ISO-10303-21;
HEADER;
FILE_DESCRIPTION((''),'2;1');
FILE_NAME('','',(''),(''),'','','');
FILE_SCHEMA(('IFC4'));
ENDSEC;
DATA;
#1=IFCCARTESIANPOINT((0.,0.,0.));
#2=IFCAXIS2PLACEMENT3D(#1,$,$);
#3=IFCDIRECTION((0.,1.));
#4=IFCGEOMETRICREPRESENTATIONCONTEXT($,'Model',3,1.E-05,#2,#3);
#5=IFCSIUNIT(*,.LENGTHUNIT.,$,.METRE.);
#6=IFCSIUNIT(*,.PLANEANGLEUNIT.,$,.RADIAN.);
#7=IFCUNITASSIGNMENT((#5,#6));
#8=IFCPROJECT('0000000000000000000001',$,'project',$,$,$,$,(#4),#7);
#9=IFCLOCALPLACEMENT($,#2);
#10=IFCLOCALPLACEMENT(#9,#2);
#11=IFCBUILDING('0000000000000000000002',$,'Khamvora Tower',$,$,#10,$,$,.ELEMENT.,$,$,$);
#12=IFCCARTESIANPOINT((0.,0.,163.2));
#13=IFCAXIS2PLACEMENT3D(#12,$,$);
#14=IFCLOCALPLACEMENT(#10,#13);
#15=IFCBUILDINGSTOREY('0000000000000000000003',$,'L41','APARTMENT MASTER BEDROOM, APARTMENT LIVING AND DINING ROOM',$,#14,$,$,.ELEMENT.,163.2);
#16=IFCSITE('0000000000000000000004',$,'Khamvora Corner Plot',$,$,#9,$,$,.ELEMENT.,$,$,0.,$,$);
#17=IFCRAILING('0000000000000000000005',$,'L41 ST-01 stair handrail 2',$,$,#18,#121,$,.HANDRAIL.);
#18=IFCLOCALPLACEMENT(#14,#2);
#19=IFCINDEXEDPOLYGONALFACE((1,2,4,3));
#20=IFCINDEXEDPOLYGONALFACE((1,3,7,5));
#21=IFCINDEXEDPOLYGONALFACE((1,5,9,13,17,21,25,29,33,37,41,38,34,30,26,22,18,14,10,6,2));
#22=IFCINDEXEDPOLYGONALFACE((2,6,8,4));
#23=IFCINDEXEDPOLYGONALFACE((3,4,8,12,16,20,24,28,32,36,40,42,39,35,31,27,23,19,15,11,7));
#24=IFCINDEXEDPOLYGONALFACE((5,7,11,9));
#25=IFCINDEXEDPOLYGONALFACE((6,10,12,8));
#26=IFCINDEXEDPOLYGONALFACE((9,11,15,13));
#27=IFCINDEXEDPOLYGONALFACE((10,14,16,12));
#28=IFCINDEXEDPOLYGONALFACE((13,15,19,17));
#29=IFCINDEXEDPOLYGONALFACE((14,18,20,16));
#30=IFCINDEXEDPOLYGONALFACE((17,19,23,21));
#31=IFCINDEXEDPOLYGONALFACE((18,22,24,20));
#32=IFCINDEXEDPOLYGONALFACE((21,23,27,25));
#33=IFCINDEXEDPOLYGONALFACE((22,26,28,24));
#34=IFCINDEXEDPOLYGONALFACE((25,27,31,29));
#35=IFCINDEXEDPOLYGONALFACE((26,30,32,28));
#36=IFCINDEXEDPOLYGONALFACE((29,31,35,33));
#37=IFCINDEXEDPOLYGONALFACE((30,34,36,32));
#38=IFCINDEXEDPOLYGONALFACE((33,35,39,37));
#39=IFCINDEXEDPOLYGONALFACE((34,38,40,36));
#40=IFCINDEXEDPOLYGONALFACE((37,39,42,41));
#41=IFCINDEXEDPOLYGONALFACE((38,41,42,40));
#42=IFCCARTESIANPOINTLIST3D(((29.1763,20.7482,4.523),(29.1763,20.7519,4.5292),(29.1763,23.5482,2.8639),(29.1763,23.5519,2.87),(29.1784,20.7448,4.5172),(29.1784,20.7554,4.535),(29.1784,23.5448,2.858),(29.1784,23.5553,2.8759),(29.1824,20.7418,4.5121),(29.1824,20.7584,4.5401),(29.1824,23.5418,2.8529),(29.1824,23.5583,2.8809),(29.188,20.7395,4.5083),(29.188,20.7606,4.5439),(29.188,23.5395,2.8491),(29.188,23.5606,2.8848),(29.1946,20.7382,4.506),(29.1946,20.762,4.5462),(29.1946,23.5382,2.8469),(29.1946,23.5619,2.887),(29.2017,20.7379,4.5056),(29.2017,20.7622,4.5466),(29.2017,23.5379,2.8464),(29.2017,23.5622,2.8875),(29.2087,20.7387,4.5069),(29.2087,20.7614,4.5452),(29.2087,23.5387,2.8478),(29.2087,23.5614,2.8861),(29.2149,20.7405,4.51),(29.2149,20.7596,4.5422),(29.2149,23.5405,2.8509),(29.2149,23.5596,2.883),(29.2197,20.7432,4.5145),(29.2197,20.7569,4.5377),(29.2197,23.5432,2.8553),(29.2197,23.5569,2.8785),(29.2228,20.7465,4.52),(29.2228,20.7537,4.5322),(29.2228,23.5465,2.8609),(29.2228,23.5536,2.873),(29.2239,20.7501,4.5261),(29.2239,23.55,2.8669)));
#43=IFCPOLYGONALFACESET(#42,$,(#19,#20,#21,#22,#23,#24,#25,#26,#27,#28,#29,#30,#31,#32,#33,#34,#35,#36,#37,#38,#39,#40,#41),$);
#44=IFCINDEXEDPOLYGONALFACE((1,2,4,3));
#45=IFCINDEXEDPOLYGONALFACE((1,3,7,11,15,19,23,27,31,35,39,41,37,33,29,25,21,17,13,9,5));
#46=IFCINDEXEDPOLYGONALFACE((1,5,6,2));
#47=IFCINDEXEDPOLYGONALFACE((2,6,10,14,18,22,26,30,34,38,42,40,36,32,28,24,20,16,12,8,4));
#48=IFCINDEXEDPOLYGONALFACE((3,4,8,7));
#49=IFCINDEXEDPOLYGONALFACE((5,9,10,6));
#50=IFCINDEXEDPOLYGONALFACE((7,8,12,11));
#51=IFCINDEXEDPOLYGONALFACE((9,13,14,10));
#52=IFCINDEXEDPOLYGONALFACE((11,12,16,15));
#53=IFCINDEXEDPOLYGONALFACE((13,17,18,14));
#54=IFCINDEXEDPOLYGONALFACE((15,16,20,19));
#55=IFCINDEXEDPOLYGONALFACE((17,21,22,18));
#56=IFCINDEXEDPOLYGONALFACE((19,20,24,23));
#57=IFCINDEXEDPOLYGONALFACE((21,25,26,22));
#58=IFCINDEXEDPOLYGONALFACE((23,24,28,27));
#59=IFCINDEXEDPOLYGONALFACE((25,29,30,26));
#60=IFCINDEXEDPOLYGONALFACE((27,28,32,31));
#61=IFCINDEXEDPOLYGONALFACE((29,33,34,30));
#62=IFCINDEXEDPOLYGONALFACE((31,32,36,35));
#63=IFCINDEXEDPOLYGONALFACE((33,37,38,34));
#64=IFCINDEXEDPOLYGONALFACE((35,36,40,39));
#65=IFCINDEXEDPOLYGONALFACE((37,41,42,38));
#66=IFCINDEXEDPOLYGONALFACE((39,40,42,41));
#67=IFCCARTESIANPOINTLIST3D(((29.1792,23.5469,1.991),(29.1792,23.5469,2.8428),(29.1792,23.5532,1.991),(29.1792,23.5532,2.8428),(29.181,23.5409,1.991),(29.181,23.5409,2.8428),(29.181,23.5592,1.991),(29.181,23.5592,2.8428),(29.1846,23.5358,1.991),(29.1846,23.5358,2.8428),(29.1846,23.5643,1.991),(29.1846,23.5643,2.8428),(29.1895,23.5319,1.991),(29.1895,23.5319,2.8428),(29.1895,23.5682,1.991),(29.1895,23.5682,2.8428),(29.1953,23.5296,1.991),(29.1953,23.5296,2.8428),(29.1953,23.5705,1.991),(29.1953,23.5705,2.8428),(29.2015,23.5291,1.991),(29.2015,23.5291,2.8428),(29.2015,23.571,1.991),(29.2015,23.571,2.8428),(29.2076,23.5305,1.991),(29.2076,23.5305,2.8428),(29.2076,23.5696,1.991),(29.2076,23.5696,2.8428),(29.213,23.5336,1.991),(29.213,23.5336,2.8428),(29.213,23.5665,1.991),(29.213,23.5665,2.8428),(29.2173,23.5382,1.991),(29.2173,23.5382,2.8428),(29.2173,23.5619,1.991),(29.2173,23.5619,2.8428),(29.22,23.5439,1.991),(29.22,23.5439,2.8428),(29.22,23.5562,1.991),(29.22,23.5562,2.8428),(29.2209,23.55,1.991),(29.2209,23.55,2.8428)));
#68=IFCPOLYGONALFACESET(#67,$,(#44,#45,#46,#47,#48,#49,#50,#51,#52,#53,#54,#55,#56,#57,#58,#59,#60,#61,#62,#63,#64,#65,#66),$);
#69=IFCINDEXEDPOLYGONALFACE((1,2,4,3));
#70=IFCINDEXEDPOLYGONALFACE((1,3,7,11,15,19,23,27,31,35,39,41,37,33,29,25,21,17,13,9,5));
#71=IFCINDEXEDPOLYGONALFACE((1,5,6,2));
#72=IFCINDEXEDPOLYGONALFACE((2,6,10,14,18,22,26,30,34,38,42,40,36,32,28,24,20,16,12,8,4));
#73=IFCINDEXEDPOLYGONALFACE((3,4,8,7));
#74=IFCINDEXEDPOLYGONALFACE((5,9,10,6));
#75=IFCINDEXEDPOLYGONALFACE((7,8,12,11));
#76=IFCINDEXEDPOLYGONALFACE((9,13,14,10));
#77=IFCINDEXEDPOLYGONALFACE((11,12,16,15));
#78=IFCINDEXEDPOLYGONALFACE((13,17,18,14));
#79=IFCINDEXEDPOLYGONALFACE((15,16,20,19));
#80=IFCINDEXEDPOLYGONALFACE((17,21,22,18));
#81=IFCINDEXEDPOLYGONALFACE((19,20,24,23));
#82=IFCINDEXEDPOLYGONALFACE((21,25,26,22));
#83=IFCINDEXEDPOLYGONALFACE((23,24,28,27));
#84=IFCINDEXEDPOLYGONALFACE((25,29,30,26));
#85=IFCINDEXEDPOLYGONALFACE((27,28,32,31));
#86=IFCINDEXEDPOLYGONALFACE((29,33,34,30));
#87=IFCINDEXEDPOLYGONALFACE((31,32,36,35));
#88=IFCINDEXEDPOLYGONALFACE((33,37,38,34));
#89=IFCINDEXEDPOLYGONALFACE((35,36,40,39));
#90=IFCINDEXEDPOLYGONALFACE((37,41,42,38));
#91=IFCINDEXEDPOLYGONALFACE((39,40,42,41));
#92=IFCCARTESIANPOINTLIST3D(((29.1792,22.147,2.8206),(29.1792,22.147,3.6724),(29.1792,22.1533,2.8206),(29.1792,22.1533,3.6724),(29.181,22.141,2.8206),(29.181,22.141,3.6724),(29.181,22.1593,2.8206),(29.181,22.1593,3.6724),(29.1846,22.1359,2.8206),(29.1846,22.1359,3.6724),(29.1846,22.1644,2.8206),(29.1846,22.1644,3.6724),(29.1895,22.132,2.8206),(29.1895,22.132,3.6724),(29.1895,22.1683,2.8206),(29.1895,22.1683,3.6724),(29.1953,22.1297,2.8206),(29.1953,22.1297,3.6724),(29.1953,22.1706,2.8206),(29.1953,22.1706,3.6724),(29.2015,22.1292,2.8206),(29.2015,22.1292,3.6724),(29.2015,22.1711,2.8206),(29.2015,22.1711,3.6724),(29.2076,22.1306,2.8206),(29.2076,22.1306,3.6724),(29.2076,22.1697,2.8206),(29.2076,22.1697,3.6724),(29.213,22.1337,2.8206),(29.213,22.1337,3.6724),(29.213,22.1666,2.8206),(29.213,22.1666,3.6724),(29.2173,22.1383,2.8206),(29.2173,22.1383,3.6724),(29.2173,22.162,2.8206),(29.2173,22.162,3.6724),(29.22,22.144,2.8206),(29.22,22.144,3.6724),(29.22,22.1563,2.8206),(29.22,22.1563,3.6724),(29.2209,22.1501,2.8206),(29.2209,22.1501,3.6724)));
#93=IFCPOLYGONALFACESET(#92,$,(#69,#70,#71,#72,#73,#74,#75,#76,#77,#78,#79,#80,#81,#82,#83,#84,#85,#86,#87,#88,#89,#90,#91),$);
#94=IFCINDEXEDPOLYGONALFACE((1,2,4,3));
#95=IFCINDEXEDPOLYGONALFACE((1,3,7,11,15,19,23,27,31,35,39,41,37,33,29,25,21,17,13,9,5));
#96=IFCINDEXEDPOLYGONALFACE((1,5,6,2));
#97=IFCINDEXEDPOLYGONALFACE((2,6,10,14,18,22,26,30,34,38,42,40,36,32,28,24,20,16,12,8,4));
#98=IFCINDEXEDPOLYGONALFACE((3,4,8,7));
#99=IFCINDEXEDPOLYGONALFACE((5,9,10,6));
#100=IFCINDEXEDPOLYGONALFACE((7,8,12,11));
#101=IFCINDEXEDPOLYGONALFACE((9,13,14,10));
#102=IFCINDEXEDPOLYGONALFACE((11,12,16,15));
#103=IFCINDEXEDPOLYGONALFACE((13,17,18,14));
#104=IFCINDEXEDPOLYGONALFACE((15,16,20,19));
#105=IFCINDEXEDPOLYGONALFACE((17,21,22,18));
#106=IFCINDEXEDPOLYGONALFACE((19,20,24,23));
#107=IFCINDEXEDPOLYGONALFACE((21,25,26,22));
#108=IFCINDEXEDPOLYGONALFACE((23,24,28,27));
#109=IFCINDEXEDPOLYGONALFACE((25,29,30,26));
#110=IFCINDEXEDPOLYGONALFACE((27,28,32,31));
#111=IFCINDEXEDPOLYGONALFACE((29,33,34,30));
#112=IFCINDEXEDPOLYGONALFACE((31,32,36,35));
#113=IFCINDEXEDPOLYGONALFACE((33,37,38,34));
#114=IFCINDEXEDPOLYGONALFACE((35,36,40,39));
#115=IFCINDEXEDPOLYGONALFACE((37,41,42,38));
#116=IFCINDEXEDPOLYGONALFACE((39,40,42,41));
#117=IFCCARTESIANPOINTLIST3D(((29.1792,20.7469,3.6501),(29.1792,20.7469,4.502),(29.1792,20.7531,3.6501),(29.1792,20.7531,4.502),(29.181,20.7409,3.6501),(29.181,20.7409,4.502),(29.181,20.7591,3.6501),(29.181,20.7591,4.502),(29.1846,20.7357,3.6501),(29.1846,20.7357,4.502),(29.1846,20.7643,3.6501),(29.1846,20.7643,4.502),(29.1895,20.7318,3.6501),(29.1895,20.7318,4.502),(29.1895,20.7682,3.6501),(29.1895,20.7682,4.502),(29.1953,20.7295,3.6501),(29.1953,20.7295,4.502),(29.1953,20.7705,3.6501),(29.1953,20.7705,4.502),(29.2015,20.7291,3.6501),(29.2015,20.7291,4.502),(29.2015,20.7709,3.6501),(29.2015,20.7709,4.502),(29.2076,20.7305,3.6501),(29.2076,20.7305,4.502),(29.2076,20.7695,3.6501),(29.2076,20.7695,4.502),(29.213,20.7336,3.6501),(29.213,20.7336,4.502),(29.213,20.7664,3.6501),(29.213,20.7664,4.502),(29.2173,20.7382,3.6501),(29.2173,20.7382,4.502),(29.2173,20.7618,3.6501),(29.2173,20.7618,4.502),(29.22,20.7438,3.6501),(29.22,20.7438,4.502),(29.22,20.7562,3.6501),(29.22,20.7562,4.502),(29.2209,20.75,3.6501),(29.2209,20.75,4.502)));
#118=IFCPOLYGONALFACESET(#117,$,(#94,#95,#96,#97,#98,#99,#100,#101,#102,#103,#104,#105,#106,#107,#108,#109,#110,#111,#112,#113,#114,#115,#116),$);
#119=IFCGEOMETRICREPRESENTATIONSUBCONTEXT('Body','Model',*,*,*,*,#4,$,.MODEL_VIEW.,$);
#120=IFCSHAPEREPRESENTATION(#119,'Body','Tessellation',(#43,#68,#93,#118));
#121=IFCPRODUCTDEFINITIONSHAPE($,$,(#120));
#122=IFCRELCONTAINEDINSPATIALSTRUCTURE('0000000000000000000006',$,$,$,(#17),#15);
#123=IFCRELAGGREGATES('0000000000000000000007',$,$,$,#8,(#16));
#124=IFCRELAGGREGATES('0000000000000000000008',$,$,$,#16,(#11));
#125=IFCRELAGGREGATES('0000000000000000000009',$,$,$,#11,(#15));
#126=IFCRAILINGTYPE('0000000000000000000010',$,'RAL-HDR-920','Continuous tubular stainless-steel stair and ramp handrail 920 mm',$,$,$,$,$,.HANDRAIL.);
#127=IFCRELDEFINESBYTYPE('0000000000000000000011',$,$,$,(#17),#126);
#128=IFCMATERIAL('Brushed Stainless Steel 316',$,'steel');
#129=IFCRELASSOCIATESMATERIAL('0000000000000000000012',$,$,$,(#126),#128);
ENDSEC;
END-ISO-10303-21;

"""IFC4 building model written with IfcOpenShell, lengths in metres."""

from ifc_helpers import new_model, si_unit, direction, frame, origin, origin_2d, place, context, subcontext, project, spatial, circle, extrude, material, type_object, element, save


model = new_model("IFC4")

# Units and contexts
model_context = context("Model", 3, precision=1e-05, world=origin(), true_north=direction((0.0, 1.0)))
body_context = subcontext(model_context, "Body", "Model", "MODEL_VIEW")
ifc_project = project(units=[si_unit("LENGTHUNIT", "METRE"), si_unit("PLANEANGLEUNIT", "RADIAN")], contexts=[model_context])

# Site, building, storey
site_placement = place(None, origin())
site = spatial("IfcSite", under=ifc_project, at=site_placement, Name="Khamvora Corner Plot", CompositionType="ELEMENT", RefElevation=0.0)
building_placement = place(site_placement, origin())
building = spatial("IfcBuilding", under=site, at=building_placement, Name="Khamvora Tower", CompositionType="ELEMENT")
storey_placement = place(building_placement, frame((0.0, 0.0, 163.2)))
storey = spatial("IfcBuildingStorey", under=building, at=storey_placement, Name="L41", Description="APARTMENT MASTER BEDROOM, APARTMENT LIVING AND DINING ROOM", CompositionType="ELEMENT", Elevation=163.2)

# Railing
ifc_material_1 = material(Name="Brushed Stainless Steel 316", Category="steel")
railing_type_1 = type_object("IfcRailingType", Name="RAL-HDR-920", Description="Continuous tubular stainless-steel stair and ramp handrail 920 mm", PredefinedType="HANDRAIL", material=ifc_material_1)
railing_1_placement = place(storey_placement, frame((29.2, 23.55, 1.991)))
element("IfcRailing", 1, at=railing_1_placement, inside=storey, type_object=railing_type_1, Name="L41 ST-01 stair handrail 2", PredefinedType="HANDRAIL", context=body_context, shape_type="SweptSolid", body=[
    extrude(circle(Radius=0.0239, at=origin_2d()), frame((0.0, 0.0, 0.876), z_axis=(0.0, -0.860306, 0.509778), x_axis=(1.0, 0.0, 0.0)), (0.0, 0.0, 1.0), 3.2546),
    extrude(circle(Radius=0.021, at=origin_2d()), origin(), (0.0, 0.0, 1.0), 0.8518),
    extrude(circle(Radius=0.021, at=origin_2d()), frame((0.0, -1.3999, 0.8296)), (0.0, 0.0, 1.0), 0.8518),
    extrude(circle(Radius=0.021, at=origin_2d()), frame((0.0, -2.8, 1.6592)), (0.0, 0.0, 1.0), 0.8518),
])

save(model, "model.ifc")
